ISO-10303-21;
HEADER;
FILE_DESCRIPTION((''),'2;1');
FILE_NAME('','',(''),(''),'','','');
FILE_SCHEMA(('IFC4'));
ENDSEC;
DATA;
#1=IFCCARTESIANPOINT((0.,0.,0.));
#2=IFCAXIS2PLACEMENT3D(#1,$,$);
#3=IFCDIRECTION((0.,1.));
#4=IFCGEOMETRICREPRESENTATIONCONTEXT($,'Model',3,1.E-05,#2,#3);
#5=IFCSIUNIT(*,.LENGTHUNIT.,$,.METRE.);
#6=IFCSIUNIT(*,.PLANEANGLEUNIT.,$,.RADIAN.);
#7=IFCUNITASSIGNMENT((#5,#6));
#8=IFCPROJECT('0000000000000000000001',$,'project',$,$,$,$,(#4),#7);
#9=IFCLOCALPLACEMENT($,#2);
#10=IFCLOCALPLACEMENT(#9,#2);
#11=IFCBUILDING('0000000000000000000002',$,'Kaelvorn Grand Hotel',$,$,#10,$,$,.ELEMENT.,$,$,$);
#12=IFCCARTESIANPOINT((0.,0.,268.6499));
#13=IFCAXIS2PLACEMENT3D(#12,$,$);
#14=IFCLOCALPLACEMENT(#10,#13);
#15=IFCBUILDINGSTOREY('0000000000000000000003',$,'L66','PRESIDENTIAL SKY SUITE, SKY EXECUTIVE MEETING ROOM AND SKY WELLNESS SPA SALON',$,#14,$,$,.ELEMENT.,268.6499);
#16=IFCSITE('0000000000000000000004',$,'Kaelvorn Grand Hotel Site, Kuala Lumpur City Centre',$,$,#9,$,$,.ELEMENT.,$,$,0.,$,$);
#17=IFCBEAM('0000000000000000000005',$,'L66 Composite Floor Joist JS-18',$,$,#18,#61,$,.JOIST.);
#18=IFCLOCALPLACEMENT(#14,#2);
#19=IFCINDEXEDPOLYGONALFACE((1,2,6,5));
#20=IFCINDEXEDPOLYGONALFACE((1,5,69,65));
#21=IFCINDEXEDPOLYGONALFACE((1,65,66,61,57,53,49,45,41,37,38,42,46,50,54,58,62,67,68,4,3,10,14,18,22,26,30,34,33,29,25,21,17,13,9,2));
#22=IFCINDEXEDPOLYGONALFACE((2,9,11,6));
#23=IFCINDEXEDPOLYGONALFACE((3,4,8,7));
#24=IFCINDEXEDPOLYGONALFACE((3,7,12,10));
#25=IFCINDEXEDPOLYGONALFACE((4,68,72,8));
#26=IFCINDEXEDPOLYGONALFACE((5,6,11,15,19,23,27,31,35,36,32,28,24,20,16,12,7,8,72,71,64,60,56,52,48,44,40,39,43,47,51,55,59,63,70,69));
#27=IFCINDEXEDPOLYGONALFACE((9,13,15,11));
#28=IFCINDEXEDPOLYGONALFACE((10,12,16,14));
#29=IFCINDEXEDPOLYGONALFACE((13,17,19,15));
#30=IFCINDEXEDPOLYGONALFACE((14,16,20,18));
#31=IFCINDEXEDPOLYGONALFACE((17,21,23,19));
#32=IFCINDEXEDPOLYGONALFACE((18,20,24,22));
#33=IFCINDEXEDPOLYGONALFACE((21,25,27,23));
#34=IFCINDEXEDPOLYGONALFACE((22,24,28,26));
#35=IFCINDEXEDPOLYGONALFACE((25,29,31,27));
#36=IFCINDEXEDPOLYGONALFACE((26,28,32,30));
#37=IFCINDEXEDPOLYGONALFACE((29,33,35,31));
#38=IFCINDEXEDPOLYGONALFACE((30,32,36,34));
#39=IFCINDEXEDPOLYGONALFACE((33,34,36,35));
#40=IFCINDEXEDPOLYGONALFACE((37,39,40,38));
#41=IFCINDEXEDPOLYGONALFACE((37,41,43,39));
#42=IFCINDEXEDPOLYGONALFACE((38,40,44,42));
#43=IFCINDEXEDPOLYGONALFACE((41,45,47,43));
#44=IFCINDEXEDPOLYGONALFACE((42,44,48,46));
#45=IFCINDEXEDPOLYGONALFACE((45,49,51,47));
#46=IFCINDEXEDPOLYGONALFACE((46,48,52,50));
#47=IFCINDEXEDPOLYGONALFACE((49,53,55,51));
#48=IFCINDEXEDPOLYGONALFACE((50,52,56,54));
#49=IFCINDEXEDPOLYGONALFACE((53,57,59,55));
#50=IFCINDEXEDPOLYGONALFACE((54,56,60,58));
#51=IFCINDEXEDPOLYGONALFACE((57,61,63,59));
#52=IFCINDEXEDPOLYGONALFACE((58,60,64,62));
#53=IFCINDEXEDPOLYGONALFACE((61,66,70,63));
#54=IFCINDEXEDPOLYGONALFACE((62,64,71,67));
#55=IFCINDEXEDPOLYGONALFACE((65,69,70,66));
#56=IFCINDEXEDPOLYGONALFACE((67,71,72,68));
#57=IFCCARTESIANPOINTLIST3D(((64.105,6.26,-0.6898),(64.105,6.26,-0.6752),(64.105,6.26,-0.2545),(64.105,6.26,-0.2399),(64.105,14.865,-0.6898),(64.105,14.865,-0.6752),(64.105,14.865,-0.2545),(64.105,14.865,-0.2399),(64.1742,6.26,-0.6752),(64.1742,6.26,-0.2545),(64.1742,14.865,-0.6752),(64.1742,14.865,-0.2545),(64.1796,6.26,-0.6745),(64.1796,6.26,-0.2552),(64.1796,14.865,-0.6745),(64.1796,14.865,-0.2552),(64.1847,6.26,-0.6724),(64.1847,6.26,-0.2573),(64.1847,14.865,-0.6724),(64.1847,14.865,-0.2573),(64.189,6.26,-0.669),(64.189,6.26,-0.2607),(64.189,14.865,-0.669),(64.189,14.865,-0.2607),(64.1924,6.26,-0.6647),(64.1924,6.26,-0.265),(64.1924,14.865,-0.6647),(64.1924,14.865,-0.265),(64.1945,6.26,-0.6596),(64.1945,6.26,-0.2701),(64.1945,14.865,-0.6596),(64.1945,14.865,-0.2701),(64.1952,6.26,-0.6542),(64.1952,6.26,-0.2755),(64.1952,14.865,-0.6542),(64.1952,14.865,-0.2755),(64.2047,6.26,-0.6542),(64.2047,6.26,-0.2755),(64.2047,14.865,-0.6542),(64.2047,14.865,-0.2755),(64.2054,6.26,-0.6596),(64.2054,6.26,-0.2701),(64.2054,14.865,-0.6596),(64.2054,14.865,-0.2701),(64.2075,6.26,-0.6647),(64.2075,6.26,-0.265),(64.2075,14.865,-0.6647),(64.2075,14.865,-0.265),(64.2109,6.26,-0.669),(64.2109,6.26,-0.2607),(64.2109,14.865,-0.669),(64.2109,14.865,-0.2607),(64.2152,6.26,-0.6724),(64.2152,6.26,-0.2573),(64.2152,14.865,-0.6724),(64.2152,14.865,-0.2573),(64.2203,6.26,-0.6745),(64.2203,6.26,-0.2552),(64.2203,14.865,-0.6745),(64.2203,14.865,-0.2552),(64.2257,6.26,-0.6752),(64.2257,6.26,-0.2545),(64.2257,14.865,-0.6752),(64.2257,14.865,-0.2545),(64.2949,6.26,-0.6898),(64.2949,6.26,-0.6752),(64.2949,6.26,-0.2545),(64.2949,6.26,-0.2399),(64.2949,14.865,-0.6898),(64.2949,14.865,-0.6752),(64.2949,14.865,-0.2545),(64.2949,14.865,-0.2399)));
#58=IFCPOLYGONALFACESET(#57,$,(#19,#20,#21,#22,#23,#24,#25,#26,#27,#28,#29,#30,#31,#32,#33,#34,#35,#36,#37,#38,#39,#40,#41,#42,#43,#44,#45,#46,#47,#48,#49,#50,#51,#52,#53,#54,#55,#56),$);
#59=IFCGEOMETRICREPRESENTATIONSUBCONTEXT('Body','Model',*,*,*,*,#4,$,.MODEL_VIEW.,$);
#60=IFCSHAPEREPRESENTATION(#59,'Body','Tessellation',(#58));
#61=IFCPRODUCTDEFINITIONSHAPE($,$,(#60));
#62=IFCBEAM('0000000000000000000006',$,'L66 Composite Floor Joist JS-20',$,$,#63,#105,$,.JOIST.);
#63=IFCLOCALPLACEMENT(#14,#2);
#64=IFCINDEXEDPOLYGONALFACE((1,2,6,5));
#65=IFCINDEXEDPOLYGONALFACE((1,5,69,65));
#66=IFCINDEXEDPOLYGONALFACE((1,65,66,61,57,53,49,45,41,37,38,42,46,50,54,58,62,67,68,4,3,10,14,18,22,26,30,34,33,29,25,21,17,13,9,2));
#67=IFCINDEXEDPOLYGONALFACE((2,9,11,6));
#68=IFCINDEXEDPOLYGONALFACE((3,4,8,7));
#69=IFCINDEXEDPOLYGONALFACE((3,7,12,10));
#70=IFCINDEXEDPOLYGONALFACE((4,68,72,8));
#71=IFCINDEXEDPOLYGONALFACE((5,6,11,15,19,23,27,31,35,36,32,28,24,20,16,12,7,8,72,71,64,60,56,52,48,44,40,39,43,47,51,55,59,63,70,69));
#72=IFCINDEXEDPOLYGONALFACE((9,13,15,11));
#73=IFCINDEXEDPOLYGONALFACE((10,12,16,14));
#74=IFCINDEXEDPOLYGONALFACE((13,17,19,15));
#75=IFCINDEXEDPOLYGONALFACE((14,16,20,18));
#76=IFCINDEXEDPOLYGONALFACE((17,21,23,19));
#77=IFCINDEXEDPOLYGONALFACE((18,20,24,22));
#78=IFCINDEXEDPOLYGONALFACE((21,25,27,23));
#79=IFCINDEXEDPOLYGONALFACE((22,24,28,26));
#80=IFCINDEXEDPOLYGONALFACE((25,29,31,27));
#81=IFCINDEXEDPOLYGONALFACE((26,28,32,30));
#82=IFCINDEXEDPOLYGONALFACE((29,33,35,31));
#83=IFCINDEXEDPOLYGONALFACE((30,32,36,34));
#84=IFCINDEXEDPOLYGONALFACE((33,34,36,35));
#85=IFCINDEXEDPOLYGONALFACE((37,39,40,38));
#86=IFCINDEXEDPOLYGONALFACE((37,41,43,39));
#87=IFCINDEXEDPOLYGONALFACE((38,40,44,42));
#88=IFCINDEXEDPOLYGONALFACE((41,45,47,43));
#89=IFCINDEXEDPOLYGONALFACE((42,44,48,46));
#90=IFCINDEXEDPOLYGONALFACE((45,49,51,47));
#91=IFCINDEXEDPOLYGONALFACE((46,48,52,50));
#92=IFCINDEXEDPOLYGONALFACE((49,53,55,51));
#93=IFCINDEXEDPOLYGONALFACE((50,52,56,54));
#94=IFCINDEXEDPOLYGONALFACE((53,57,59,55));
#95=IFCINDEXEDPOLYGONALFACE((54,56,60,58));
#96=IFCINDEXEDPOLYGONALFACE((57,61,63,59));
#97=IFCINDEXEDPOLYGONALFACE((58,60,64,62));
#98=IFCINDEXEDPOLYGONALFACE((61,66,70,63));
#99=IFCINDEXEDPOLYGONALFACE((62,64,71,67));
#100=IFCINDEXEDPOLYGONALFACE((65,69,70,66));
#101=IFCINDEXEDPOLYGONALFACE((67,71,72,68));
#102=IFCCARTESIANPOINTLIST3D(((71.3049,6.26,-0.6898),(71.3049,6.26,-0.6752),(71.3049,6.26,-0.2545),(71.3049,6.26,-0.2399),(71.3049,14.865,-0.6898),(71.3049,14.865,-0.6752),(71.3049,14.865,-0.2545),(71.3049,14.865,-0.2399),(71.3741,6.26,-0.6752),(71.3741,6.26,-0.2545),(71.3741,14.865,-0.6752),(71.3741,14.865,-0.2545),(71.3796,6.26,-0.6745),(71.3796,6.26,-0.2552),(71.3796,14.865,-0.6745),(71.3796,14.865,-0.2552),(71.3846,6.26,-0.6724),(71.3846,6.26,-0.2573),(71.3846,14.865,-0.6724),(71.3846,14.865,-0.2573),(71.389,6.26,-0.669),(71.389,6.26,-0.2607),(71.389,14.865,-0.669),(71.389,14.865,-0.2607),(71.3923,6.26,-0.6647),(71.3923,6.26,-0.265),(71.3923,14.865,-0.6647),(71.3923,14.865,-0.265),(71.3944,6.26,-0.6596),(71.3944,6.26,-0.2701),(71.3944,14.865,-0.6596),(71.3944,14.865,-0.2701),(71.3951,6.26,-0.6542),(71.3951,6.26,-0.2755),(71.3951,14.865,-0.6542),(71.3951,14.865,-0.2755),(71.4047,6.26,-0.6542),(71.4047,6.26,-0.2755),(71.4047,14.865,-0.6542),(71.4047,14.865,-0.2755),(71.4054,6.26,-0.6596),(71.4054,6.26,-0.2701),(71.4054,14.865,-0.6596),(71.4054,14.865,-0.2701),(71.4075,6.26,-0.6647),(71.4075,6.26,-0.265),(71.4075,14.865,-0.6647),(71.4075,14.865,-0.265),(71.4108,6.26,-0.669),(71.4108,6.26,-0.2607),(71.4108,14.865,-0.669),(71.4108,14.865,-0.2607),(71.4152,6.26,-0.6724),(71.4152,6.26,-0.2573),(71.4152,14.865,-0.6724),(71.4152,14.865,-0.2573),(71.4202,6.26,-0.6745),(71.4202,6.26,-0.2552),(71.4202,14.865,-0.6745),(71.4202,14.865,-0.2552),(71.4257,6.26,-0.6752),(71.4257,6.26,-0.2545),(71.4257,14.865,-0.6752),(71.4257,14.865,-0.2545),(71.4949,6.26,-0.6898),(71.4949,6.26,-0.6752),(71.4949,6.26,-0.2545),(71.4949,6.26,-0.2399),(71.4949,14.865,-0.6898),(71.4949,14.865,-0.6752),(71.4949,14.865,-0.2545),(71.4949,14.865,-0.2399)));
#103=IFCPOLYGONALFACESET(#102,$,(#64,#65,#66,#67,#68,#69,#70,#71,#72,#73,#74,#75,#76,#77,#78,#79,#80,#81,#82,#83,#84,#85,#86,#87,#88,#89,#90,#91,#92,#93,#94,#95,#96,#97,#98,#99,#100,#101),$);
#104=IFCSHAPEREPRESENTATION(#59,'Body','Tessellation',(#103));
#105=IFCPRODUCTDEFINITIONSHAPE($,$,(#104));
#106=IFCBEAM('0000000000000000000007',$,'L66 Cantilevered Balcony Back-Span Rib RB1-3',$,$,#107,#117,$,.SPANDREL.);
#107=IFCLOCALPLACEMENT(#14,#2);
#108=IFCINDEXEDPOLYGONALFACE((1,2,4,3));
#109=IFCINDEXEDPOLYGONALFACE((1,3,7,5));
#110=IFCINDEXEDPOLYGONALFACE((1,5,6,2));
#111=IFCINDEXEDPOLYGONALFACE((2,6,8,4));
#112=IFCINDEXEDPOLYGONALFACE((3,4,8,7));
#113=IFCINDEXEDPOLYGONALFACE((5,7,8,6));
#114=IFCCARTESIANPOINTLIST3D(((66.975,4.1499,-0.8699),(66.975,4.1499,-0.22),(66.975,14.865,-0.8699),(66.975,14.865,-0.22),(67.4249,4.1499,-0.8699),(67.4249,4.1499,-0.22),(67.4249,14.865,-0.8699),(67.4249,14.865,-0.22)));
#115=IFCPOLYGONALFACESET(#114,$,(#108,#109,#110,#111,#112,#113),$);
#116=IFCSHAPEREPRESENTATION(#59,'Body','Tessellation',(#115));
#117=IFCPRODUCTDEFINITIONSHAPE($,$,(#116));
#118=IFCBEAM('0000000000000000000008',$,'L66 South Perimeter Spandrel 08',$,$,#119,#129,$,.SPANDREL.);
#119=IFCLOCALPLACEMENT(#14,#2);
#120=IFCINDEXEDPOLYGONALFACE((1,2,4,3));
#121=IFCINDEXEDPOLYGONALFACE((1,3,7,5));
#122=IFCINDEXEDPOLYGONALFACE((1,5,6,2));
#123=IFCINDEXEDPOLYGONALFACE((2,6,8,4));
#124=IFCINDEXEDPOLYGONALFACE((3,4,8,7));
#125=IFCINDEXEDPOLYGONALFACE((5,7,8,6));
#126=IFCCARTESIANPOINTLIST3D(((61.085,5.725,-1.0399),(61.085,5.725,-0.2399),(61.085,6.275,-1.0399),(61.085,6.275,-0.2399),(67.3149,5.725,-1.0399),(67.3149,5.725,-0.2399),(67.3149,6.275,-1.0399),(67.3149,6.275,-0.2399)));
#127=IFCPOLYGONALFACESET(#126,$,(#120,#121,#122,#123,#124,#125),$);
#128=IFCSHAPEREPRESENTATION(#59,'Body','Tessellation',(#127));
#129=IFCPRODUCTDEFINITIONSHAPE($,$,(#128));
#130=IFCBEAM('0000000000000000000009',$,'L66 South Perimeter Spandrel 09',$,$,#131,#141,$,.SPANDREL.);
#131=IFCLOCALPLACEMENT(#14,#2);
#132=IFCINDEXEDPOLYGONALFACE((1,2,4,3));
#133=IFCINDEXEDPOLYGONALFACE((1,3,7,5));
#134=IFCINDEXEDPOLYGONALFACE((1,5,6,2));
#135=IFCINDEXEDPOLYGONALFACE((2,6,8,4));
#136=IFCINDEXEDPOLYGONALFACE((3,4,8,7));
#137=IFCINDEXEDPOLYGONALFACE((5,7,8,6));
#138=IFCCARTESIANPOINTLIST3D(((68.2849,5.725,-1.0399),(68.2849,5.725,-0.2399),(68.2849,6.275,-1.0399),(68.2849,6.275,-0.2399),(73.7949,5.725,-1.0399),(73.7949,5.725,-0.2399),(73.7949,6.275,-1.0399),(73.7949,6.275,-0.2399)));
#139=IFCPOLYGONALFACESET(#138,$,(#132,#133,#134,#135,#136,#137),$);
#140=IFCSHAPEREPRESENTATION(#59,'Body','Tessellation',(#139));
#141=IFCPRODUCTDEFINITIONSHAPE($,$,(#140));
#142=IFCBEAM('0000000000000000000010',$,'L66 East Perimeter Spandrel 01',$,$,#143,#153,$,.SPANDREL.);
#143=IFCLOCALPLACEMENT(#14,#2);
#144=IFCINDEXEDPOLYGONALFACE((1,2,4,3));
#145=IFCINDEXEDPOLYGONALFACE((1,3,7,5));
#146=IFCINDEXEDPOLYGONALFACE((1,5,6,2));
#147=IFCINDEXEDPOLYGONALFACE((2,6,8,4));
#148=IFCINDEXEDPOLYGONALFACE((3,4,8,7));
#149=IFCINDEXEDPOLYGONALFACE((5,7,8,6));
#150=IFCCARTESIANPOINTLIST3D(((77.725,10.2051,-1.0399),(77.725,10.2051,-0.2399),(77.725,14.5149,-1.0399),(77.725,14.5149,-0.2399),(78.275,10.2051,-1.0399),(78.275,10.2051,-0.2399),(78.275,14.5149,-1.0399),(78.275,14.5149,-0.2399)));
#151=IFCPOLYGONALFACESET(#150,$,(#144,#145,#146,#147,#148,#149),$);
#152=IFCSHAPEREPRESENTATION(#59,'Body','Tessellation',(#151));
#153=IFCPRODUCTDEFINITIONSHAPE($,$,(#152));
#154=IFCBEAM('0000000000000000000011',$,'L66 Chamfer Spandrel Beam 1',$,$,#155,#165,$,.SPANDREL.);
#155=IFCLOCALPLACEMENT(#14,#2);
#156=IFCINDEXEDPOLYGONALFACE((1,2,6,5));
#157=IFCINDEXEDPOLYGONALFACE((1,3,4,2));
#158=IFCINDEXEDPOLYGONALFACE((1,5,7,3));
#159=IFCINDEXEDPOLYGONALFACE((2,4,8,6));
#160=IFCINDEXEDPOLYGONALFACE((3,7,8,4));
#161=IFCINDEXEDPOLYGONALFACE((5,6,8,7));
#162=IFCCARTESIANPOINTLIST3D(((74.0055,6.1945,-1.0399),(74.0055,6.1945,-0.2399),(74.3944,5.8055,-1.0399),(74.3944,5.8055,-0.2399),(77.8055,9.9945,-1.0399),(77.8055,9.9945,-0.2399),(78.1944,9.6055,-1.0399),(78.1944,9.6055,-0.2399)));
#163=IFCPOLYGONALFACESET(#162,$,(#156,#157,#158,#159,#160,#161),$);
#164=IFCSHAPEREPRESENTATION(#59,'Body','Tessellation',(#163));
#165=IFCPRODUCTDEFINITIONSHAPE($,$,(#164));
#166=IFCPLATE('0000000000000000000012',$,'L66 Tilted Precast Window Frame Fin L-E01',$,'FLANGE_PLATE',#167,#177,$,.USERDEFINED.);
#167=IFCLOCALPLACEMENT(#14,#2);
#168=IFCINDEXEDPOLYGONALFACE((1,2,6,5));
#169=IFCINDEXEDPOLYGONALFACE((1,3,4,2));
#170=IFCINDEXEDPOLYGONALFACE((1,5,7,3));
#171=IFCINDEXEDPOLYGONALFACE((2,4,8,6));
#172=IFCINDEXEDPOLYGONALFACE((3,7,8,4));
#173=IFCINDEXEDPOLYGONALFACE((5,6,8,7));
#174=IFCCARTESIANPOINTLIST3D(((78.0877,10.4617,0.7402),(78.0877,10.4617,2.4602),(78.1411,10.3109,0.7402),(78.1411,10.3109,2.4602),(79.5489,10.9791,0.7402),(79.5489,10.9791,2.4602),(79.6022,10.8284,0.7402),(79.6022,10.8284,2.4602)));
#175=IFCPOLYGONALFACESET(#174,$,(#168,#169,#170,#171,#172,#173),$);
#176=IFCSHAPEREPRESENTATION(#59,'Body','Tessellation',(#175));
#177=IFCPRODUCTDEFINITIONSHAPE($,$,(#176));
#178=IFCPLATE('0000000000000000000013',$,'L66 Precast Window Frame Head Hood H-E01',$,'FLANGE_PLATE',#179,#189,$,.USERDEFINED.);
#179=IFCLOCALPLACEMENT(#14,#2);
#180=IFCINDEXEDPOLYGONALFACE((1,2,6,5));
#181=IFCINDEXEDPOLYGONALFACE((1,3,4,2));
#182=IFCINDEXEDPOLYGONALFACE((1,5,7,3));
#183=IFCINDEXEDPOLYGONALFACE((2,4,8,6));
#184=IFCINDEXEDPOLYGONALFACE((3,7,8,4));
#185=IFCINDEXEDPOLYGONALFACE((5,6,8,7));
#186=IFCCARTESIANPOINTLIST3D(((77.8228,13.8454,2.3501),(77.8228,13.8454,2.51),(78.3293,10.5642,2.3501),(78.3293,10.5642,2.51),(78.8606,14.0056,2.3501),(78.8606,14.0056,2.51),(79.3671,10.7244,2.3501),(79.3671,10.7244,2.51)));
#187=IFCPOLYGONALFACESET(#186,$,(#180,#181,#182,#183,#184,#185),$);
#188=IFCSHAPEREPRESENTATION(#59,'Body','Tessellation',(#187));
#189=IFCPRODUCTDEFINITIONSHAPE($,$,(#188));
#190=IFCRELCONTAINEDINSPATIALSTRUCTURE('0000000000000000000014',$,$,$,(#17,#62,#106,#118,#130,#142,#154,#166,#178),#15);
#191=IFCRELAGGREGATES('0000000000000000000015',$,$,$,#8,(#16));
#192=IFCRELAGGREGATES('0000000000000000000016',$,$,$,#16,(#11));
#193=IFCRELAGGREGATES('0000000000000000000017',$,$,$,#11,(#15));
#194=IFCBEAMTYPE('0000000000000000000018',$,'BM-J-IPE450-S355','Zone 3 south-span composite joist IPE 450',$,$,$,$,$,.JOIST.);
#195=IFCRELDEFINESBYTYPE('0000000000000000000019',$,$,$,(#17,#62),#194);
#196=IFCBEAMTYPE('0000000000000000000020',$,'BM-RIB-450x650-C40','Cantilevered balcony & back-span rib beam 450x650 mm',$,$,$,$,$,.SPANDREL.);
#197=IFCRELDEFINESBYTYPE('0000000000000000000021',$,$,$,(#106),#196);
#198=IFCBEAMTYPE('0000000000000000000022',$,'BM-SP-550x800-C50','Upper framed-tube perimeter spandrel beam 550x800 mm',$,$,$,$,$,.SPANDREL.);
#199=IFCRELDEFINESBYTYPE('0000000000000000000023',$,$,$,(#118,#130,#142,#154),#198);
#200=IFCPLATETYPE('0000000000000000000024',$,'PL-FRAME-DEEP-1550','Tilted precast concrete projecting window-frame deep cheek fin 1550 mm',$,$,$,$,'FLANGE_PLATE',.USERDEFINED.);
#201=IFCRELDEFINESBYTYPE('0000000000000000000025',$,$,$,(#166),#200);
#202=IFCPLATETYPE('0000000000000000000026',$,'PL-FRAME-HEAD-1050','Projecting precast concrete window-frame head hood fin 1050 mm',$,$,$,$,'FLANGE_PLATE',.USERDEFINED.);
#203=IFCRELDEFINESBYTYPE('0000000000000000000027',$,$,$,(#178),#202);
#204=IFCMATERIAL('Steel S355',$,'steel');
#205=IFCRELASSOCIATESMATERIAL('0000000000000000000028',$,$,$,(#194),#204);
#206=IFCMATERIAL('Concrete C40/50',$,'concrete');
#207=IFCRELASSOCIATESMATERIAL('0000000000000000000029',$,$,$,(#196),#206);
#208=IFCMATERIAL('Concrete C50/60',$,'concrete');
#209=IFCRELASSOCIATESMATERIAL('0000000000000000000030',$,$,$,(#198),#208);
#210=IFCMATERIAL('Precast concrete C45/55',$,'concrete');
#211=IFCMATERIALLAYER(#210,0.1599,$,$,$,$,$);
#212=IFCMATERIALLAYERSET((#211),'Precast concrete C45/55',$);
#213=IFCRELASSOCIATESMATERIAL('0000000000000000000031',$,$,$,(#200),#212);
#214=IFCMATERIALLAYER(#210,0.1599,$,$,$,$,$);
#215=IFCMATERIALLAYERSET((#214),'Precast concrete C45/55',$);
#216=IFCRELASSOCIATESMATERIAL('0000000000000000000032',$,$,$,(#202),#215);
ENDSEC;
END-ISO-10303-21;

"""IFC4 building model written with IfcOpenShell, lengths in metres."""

from ifc_helpers import new_model, si_unit, direction, frame, origin, origin_2d, place, context, subcontext, project, spatial, rectangle, i_section, extrude, material, layer, layer_set, material_profile, profile_set, type_object, element, save


model = new_model("IFC4")

# Units and contexts
model_context = context("Model", 3, precision=1e-05, world=origin(), true_north=direction((0.0, 1.0)))
body_context = subcontext(model_context, "Body", "Model", "MODEL_VIEW")
ifc_project = project(units=[si_unit("LENGTHUNIT", "METRE"), si_unit("PLANEANGLEUNIT", "RADIAN")], contexts=[model_context])

# Site, building, storey
site_placement = place(None, origin())
site = spatial("IfcSite", under=ifc_project, at=site_placement, Name="Kaelvorn Grand Hotel Site, Kuala Lumpur City Centre", CompositionType="ELEMENT", RefElevation=0.0)
building_placement = place(site_placement, origin())
building = spatial("IfcBuilding", under=site, at=building_placement, Name="Kaelvorn Grand Hotel", CompositionType="ELEMENT")
storey_placement = place(building_placement, frame((0.0, 0.0, 268.6499)))
storey = spatial("IfcBuildingStorey", under=building, at=storey_placement, Name="L66", Description="PRESIDENTIAL SKY SUITE, SKY EXECUTIVE MEETING ROOM AND SKY WELLNESS SPA SALON", CompositionType="ELEMENT", Elevation=268.6499)

# Shared definitions
ifc_material_1 = material(Name="Concrete C50/60", Category="concrete")

# Beams
ifc_material_2 = material(Name="Steel S355", Category="steel")
ifc_material_profile_1 = material_profile(ifc_material_2, i_section(OverallWidth=0.1899, OverallDepth=0.45, WebThickness=0.0095, FlangeThickness=0.0146, FilletRadius=0.021, at=origin_2d()), Name="IPE 450")
ifc_profile_set_1 = profile_set([ifc_material_profile_1], Name="Steel S355")
beam_type_1 = type_object("IfcBeamType", Name="BM-J-IPE450-S355", Description="Zone 3 south-span composite joist IPE 450", PredefinedType="JOIST", material=ifc_profile_set_1)
for number, where, z_axis, x_axis, name in (
    (1, (64.2, 6.26, -0.4648), (0.0, 1.0, 0.0), (-1.0, 0.0, 0.0), "L66 Composite Floor Joist JS-18"),
    (2, (71.3999, 6.26, -0.4648), (0.0, 1.0, 0.0), (-1.0, 0.0, 0.0), "L66 Composite Floor Joist JS-20"),
):
    element("IfcBeam", number, at=place(storey_placement, frame(where, z_axis=z_axis, x_axis=x_axis)), inside=storey, type_object=beam_type_1, Name=name, PredefinedType="JOIST", context=body_context, shape_type="SweptSolid", body=[
        extrude(i_section(OverallWidth=0.1899, OverallDepth=0.45, WebThickness=0.0095, FlangeThickness=0.0146, FilletRadius=0.021, at=origin_2d()), origin(), (0.0, 0.0, 1.0), 8.605),
    ])
ifc_material_3 = material(Name="Concrete C40/50", Category="concrete")
ifc_material_profile_2 = material_profile(ifc_material_3, rectangle(XDim=0.45, YDim=0.6499, at=origin_2d()), Name="RC RIB 450x650")
ifc_profile_set_2 = profile_set([ifc_material_profile_2], Name="Concrete C40/50")
beam_type_2 = type_object("IfcBeamType", Name="BM-RIB-450x650-C40", Description="Cantilevered balcony & back-span rib beam 450x650 mm", PredefinedType="SPANDREL", material=ifc_profile_set_2)
beam_1_placement = place(storey_placement, frame((67.2, 4.1499, -0.5449), z_axis=(0.0, 1.0, 0.0), x_axis=(-1.0, 0.0, 0.0)))
element("IfcBeam", 3, at=beam_1_placement, inside=storey, type_object=beam_type_2, Name="L66 Cantilevered Balcony Back-Span Rib RB1-3", PredefinedType="SPANDREL", context=body_context, shape_type="SweptSolid", body=[
    extrude(rectangle(XDim=0.45, YDim=0.6499, at=origin_2d()), origin(), (0.0, 0.0, 1.0), 10.7151),
])
ifc_material_profile_3 = material_profile(ifc_material_1, rectangle(XDim=0.55, YDim=0.8, at=origin_2d()), Name="RC SPANDREL 550x800")
ifc_profile_set_3 = profile_set([ifc_material_profile_3], Name="Concrete C50/60")
beam_type_3 = type_object("IfcBeamType", Name="BM-SP-550x800-C50", Description="Upper framed-tube perimeter spandrel beam 550x800 mm", PredefinedType="SPANDREL", material=ifc_profile_set_3)
beam_2_placement = place(storey_placement, frame((61.085, 6.0, -0.6399), z_axis=(1.0, 0.0, 0.0), x_axis=(0.0, 1.0, 0.0)))
element("IfcBeam", 4, at=beam_2_placement, inside=storey, type_object=beam_type_3, Name="L66 South Perimeter Spandrel 08", PredefinedType="SPANDREL", context=body_context, shape_type="SweptSolid", body=[
    extrude(rectangle(XDim=0.55, YDim=0.8, at=origin_2d()), origin(), (0.0, 0.0, 1.0), 6.23),
])
beam_3_placement = place(storey_placement, frame((68.2849, 6.0, -0.6399), z_axis=(1.0, 0.0, 0.0), x_axis=(0.0, 1.0, 0.0)))
element("IfcBeam", 5, at=beam_3_placement, inside=storey, type_object=beam_type_3, Name="L66 South Perimeter Spandrel 09", PredefinedType="SPANDREL", context=body_context, shape_type="SweptSolid", body=[
    extrude(rectangle(XDim=0.55, YDim=0.8, at=origin_2d()), origin(), (0.0, 0.0, 1.0), 5.51),
])
beam_4_placement = place(storey_placement, frame((78.0, 10.2051, -0.6399), z_axis=(0.0, 1.0, 0.0), x_axis=(-1.0, 0.0, 0.0)))
element("IfcBeam", 6, at=beam_4_placement, inside=storey, type_object=beam_type_3, Name="L66 East Perimeter Spandrel 01", PredefinedType="SPANDREL", context=body_context, shape_type="SweptSolid", body=[
    extrude(rectangle(XDim=0.55, YDim=0.8, at=origin_2d()), origin(), (0.0, 0.0, 1.0), 4.3098),
])
beam_5_placement = place(storey_placement, frame((74.2, 6.0, -0.6399), z_axis=(0.707107, 0.707107, 0.0), x_axis=(-0.707107, 0.707107, 0.0)))
element("IfcBeam", 7, at=beam_5_placement, inside=storey, type_object=beam_type_3, Name="L66 Chamfer Spandrel Beam 1", PredefinedType="SPANDREL", context=body_context, shape_type="SweptSolid", body=[
    extrude(rectangle(XDim=0.55, YDim=0.8, at=origin_2d()), origin(), (0.0, 0.0, 1.0), 5.374),
])

# Plates
ifc_material_4 = material(Name="Precast concrete C45/55", Category="concrete")
ifc_layer_1 = layer(ifc_material_4, 0.1599)
ifc_layer_set_1 = layer_set([ifc_layer_1], Name="Precast concrete C45/55")
plate_type_1 = type_object("IfcPlateType", Name="PL-FRAME-DEEP-1550", Description="Tilted precast concrete projecting window-frame deep cheek fin 1550 mm", ElementType="FLANGE_PLATE", PredefinedType="USERDEFINED", material=ifc_layer_set_1)
plate_1_placement = place(storey_placement, frame((78.845, 10.645, 0.7402), z_axis=(0.0, 0.0, 1.0), x_axis=(-0.333807, 0.942641, 0.0)))
element("IfcPlate", 8, at=plate_1_placement, inside=storey, type_object=plate_type_1, Name="L66 Tilted Precast Window Frame Fin L-E01", ObjectType="FLANGE_PLATE", PredefinedType="USERDEFINED", context=body_context, shape_type="SweptSolid", body=[
    extrude(rectangle(XDim=0.1599, YDim=1.55, at=origin_2d()), origin(), (0.0, 0.0, 1.0), 1.72),
])
ifc_layer_2 = layer(ifc_material_4, 0.1599)
ifc_layer_set_2 = layer_set([ifc_layer_2], Name="Precast concrete C45/55")
plate_type_2 = type_object("IfcPlateType", Name="PL-FRAME-HEAD-1050", Description="Projecting precast concrete window-frame head hood fin 1050 mm", ElementType="FLANGE_PLATE", PredefinedType="USERDEFINED", material=ifc_layer_set_2)
plate_2_placement = place(storey_placement, frame((78.595, 12.2849, 2.3501), z_axis=(0.0, 0.0, 1.0), x_axis=(-0.152555, 0.988295, 0.0)))
element("IfcPlate", 9, at=plate_2_placement, inside=storey, type_object=plate_type_2, Name="L66 Precast Window Frame Head Hood H-E01", ObjectType="FLANGE_PLATE", PredefinedType="USERDEFINED", context=body_context, shape_type="SweptSolid", body=[
    extrude(rectangle(XDim=3.3201, YDim=1.05, at=origin_2d()), origin(), (0.0, 0.0, 1.0), 0.1599),
])

save(model, "model.ifc")
